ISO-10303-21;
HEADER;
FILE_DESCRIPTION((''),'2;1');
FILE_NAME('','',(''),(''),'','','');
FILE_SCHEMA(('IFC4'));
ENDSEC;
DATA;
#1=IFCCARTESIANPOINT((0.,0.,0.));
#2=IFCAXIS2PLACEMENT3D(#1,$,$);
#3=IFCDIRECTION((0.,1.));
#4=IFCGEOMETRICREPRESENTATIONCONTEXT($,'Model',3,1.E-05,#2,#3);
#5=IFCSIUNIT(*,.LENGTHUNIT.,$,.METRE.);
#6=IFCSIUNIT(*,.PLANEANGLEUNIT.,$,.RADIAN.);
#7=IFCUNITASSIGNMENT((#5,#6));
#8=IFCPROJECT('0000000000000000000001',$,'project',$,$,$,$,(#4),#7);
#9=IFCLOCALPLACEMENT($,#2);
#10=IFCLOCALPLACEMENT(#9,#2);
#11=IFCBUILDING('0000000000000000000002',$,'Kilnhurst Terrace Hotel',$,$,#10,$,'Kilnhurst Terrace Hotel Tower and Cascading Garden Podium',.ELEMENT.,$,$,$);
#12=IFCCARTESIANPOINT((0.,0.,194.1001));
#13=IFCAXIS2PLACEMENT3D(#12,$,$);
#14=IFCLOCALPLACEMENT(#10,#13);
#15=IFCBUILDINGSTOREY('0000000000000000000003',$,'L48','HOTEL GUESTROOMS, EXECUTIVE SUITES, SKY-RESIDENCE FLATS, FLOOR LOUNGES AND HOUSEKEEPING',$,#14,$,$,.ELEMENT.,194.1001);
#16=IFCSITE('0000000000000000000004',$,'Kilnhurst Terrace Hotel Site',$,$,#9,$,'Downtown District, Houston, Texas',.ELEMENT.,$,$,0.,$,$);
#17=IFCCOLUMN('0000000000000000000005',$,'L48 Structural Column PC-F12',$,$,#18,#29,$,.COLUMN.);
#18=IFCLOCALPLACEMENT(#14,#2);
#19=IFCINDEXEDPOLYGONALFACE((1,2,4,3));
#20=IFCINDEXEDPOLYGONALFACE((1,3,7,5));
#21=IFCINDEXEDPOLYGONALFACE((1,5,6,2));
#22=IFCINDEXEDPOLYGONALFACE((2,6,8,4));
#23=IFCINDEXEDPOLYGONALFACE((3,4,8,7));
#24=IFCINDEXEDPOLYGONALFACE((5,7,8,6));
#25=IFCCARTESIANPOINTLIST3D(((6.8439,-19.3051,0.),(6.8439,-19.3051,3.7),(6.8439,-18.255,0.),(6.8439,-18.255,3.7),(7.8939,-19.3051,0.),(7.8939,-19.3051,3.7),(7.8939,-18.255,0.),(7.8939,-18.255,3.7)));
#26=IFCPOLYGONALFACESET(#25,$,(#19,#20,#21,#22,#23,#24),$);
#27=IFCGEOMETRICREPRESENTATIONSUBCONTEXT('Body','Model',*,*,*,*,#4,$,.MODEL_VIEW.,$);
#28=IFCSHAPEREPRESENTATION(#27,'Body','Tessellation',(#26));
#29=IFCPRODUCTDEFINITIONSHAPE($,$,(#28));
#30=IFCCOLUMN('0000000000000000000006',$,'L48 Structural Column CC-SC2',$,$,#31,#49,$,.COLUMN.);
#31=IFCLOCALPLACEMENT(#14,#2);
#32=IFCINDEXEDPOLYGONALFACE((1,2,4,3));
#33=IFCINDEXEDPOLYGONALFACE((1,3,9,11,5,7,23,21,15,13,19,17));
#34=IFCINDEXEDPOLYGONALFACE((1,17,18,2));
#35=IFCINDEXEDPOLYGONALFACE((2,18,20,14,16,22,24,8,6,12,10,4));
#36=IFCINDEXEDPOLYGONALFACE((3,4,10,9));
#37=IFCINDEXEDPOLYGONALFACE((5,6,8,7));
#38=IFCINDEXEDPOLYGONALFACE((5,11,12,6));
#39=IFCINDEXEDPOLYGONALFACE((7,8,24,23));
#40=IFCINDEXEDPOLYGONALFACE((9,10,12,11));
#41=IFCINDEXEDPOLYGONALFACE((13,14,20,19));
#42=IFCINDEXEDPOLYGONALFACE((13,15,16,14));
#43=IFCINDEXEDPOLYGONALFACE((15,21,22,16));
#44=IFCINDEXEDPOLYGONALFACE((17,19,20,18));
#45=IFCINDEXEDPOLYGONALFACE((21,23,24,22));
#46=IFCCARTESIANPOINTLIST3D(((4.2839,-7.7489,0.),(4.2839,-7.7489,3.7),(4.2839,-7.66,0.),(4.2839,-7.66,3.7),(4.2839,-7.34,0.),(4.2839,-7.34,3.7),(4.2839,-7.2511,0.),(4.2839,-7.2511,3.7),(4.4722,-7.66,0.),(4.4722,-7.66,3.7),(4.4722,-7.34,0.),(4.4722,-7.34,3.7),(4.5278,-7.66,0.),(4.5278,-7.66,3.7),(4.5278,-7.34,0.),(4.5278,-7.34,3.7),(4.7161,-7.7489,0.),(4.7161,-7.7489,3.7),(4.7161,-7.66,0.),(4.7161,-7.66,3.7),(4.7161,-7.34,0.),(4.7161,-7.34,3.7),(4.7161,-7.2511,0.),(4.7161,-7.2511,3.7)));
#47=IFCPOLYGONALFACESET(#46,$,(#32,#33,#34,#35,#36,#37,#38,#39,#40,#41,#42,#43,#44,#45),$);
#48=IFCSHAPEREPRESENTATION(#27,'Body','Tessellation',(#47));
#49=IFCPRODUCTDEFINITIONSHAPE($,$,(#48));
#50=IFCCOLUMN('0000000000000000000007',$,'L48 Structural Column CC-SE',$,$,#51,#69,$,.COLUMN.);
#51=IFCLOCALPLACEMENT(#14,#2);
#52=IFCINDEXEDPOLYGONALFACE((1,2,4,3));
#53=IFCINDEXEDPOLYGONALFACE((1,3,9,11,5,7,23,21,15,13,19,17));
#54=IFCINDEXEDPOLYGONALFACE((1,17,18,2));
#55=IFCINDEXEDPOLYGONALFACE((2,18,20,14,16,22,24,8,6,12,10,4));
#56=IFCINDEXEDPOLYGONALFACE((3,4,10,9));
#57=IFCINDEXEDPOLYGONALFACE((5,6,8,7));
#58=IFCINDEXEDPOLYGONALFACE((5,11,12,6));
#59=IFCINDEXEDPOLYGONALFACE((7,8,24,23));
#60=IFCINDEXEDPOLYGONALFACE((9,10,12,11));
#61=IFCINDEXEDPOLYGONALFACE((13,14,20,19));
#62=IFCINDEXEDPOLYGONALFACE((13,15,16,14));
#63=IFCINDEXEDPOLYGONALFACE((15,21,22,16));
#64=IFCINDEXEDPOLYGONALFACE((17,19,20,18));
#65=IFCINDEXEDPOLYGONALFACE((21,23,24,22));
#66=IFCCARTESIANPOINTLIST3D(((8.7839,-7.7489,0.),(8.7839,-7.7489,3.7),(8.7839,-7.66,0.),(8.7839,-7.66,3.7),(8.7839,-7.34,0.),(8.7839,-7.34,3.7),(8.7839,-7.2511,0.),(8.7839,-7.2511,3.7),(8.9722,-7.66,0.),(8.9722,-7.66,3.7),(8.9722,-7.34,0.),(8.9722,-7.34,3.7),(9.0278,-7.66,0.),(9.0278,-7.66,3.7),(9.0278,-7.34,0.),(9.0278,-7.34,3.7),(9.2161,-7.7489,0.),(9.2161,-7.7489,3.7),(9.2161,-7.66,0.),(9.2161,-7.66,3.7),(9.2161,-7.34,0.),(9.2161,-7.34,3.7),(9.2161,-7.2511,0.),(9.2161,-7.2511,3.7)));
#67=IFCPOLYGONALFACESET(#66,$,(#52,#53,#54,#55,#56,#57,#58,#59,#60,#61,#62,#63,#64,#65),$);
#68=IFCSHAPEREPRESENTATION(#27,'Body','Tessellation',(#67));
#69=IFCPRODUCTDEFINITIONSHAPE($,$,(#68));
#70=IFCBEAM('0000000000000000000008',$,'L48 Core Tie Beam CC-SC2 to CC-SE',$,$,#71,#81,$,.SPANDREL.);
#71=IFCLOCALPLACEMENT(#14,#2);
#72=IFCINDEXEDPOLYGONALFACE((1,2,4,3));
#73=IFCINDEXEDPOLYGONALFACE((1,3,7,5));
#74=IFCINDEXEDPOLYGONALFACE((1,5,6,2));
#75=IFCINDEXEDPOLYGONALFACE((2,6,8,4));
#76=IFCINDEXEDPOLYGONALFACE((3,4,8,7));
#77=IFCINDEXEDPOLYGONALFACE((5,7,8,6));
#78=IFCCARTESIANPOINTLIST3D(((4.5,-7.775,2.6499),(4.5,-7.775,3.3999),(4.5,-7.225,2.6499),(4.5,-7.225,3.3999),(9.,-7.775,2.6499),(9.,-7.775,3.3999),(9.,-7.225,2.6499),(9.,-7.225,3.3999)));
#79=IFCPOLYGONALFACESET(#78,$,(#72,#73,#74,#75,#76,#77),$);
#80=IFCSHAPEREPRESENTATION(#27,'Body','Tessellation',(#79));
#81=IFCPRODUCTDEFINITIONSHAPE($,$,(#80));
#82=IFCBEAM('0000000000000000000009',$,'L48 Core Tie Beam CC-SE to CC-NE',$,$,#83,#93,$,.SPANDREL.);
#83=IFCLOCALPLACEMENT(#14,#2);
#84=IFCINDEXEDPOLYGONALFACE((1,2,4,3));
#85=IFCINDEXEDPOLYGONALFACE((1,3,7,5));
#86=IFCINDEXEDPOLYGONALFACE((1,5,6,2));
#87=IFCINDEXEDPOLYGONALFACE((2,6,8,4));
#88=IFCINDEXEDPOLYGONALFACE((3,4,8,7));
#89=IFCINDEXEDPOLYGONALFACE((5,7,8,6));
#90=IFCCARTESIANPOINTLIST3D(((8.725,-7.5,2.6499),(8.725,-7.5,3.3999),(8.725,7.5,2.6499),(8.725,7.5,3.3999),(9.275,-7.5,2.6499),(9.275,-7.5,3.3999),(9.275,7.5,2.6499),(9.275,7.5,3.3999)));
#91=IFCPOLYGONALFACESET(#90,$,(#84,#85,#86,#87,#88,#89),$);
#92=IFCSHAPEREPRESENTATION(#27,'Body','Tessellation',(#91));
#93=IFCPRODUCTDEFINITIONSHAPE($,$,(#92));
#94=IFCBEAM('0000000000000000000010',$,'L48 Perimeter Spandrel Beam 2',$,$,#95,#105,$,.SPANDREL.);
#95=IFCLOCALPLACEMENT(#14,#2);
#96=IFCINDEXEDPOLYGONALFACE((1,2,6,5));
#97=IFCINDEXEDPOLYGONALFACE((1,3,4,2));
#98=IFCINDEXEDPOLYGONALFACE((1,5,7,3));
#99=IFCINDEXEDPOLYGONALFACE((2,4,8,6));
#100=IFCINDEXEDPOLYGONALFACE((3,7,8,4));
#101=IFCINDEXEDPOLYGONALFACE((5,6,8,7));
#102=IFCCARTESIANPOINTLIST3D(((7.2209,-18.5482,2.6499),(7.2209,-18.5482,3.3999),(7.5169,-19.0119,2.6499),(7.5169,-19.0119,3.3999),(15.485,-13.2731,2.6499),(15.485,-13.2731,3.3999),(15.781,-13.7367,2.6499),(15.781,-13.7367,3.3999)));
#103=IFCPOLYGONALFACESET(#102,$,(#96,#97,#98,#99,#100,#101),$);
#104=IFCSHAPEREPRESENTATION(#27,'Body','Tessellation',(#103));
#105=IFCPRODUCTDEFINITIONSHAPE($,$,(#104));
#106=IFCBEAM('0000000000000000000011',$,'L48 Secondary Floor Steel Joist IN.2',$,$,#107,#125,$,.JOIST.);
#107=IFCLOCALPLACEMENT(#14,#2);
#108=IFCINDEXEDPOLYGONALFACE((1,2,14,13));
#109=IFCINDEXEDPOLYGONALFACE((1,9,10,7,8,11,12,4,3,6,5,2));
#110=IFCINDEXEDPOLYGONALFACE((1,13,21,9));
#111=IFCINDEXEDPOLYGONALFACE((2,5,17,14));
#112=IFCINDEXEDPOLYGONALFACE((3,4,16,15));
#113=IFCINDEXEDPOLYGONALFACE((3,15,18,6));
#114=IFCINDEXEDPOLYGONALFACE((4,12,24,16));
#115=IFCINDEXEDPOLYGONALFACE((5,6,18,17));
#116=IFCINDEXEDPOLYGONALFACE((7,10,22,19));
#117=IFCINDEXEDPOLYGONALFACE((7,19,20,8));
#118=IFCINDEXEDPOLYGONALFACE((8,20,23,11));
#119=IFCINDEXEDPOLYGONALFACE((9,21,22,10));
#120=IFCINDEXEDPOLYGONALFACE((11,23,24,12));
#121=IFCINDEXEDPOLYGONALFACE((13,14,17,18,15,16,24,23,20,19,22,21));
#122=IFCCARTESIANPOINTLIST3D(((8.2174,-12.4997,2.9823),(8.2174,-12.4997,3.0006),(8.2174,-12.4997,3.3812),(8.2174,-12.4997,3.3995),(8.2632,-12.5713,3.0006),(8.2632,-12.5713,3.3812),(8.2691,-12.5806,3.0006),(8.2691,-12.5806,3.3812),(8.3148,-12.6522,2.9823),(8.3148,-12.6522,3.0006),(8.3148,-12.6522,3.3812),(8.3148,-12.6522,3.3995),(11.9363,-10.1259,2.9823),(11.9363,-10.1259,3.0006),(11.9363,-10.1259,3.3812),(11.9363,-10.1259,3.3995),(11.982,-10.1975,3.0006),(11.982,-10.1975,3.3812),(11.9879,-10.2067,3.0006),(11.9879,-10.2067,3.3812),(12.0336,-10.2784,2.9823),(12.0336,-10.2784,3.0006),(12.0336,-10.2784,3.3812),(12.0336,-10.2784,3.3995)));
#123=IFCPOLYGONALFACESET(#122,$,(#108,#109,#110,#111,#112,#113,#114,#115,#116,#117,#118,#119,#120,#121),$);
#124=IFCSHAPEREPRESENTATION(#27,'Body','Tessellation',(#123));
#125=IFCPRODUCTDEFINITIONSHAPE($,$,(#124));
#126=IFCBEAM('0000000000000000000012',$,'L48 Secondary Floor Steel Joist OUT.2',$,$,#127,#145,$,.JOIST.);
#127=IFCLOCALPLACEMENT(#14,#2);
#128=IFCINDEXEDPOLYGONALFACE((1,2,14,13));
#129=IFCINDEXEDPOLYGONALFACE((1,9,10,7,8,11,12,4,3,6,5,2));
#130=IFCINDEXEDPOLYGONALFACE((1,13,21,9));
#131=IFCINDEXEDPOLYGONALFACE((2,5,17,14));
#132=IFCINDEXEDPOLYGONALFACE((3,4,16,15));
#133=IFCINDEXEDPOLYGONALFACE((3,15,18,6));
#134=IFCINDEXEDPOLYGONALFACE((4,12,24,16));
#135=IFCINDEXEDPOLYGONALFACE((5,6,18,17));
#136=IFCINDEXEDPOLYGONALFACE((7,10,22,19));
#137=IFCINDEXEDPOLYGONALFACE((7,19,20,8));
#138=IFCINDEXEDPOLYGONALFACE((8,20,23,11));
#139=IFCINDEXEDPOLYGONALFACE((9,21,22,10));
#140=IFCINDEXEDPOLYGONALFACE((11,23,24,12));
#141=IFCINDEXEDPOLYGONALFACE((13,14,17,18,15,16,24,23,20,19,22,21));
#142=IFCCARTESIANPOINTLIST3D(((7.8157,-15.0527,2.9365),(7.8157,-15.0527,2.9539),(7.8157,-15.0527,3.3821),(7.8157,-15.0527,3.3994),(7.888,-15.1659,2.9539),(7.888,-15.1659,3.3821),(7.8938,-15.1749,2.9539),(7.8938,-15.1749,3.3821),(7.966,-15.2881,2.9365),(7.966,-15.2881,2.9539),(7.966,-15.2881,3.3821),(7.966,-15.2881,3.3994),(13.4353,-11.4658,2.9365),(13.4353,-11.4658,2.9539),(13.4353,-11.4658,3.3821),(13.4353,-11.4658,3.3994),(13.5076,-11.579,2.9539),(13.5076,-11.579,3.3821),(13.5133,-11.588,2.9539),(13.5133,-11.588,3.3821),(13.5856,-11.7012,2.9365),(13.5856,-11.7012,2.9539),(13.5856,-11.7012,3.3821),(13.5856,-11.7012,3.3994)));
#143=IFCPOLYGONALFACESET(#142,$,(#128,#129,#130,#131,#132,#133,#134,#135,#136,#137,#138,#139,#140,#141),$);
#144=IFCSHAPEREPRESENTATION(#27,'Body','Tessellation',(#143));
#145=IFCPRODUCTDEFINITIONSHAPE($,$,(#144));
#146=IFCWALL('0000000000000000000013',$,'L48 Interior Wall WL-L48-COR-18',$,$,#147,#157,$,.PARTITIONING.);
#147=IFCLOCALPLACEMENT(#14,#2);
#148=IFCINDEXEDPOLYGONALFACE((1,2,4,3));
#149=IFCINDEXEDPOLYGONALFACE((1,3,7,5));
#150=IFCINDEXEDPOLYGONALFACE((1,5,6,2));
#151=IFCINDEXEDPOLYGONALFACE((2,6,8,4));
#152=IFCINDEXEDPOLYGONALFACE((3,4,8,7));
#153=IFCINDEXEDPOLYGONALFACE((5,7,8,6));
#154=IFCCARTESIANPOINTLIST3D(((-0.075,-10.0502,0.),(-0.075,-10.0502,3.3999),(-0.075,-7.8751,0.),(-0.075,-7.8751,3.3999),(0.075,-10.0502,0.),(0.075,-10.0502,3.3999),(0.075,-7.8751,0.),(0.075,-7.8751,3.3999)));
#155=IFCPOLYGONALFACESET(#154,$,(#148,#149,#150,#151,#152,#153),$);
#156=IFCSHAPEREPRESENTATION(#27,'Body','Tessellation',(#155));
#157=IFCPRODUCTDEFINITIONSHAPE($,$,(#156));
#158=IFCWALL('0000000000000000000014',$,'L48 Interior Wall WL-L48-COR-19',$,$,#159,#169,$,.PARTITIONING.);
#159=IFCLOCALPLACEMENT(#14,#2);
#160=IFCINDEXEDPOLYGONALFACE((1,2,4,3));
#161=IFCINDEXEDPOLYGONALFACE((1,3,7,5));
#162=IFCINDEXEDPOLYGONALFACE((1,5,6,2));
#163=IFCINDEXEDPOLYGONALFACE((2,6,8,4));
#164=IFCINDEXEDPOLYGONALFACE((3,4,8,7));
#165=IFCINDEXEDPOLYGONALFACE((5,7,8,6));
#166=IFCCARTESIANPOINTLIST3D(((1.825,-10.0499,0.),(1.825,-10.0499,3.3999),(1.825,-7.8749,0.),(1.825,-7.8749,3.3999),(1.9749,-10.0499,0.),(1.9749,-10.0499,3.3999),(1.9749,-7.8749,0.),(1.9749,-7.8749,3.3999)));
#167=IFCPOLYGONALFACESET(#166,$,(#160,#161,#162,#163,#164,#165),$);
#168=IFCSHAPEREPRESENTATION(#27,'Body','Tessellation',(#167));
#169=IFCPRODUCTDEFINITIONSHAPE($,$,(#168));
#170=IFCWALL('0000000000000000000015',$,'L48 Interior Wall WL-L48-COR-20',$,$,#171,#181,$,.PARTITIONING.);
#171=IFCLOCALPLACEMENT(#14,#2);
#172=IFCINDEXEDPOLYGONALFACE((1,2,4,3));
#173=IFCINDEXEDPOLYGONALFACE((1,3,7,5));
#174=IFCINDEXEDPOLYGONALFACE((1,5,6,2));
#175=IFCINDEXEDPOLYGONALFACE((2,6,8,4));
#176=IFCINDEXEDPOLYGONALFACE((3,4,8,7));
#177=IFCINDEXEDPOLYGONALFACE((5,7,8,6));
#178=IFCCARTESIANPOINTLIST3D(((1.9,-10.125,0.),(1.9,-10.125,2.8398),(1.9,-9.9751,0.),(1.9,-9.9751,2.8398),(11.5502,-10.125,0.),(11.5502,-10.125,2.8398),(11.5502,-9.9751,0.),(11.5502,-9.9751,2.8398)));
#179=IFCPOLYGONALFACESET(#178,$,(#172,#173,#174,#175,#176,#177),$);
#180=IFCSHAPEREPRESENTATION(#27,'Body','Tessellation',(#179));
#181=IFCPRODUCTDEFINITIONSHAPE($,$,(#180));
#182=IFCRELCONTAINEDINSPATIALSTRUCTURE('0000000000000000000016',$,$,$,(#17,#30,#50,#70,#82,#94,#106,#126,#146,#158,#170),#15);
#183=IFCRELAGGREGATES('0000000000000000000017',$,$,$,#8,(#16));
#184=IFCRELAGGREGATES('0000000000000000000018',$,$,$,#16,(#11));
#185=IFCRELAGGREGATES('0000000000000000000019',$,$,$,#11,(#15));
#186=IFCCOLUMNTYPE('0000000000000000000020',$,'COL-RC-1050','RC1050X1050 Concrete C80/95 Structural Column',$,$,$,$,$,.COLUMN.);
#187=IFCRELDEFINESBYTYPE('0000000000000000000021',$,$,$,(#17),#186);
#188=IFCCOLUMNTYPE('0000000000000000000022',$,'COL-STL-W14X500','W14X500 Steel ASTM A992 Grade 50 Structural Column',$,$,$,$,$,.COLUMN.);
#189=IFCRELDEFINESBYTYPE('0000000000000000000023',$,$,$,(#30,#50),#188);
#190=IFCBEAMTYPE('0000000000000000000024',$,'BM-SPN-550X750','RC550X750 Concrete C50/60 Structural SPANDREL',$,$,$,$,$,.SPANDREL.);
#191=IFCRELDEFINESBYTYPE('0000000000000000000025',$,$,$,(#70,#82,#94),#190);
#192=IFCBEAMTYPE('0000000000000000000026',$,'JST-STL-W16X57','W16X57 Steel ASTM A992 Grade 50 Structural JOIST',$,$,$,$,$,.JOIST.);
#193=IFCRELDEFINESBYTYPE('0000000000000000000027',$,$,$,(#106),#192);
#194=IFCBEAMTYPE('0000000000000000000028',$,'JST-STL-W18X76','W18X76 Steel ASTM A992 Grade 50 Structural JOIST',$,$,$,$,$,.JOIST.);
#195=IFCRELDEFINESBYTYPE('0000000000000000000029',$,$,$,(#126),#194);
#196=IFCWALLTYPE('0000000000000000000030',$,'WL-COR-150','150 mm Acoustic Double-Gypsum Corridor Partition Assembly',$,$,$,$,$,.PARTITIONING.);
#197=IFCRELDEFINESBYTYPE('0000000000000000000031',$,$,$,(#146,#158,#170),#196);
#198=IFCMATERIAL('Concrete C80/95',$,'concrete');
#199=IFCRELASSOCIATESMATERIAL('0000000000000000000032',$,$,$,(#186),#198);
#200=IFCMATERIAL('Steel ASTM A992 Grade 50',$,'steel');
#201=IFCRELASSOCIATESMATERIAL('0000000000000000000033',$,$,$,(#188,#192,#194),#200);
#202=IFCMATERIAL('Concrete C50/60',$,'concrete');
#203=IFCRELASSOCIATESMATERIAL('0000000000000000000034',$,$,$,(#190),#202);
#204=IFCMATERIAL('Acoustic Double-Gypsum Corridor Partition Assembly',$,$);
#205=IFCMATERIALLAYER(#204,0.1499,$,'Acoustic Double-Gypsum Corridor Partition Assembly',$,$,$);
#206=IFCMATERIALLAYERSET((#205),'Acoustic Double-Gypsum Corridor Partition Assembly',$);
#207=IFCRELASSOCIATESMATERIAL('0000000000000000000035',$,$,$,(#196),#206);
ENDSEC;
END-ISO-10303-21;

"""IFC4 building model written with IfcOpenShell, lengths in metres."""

from ifc_helpers import new_model, si_unit, direction, frame, frame_2d, origin, origin_2d, place, context, subcontext, project, spatial, rectangle, i_section, extrude, material, layer, layer_set, material_profile, profile_set, type_object, element, save


model = new_model("IFC4")

# Units and contexts
model_context = context("Model", 3, precision=1e-05, world=origin(), true_north=direction((0.0, 1.0)))
body_context = subcontext(model_context, "Body", "Model", "MODEL_VIEW")
ifc_project = project(units=[si_unit("LENGTHUNIT", "METRE"), si_unit("PLANEANGLEUNIT", "RADIAN")], contexts=[model_context])

# Site, building, storey
site_placement = place(None, origin())
site = spatial("IfcSite", under=ifc_project, at=site_placement, Name="Kilnhurst Terrace Hotel Site", LongName="Downtown District, Houston, Texas", CompositionType="ELEMENT", RefElevation=0.0)
building_placement = place(site_placement, origin())
building = spatial("IfcBuilding", under=site, at=building_placement, Name="Kilnhurst Terrace Hotel", LongName="Kilnhurst Terrace Hotel Tower and Cascading Garden Podium", CompositionType="ELEMENT")
storey_placement = place(building_placement, frame((0.0, 0.0, 194.1001)))
storey = spatial("IfcBuildingStorey", under=building, at=storey_placement, Name="L48", Description="HOTEL GUESTROOMS, EXECUTIVE SUITES, SKY-RESIDENCE FLATS, FLOOR LOUNGES AND HOUSEKEEPING", CompositionType="ELEMENT", Elevation=194.1001)

# Columns
ifc_material_1 = material(Name="Concrete C80/95", Category="concrete")
ifc_material_profile_1 = material_profile(ifc_material_1, rectangle(XDim=1.05, YDim=1.05, at=origin_2d()), Name="RC1050X1050")
ifc_profile_set_1 = profile_set([ifc_material_profile_1], Name="Concrete C80/95")
column_type_1 = type_object("IfcColumnType", Name="COL-RC-1050", Description="RC1050X1050 Concrete C80/95 Structural Column", PredefinedType="COLUMN", material=ifc_profile_set_1)
column_placement = place(storey_placement, frame((7.3689, -18.78, 0.0), z_axis=(0.0, 0.0, 1.0), x_axis=(1.0, 0.0, 0.0)))
element("IfcColumn", 1, at=column_placement, inside=storey, type_object=column_type_1, Name="L48 Structural Column PC-F12", PredefinedType="COLUMN", context=body_context, shape_type="SweptSolid", body=[
    extrude(rectangle(XDim=1.05, YDim=1.05, at=origin_2d()), origin(), (0.0, 0.0, 1.0), 3.7),
])
ifc_material_2 = material(Name="Steel ASTM A992 Grade 50", Category="steel")
ifc_material_profile_2 = material_profile(ifc_material_2, i_section(OverallWidth=0.4321, OverallDepth=0.4978, WebThickness=0.0557, FlangeThickness=0.0889, at=origin_2d()), Name="W14X500")
ifc_profile_set_2 = profile_set([ifc_material_profile_2], Name="Steel ASTM A992 Grade 50")
column_type_2 = type_object("IfcColumnType", Name="COL-STL-W14X500", Description="W14X500 Steel ASTM A992 Grade 50 Structural Column", PredefinedType="COLUMN", material=ifc_profile_set_2)
for number, where, z_axis, x_axis, name in (
    (2, (4.5, -7.5, 0.0), (0.0, 0.0, 1.0), (1.0, 0.0, 0.0), "L48 Structural Column CC-SC2"),
    (3, (9.0, -7.5, 0.0), (0.0, 0.0, 1.0), (1.0, 0.0, 0.0), "L48 Structural Column CC-SE"),
):
    element("IfcColumn", number, at=place(storey_placement, frame(where, z_axis=z_axis, x_axis=x_axis)), inside=storey, type_object=column_type_2, Name=name, PredefinedType="COLUMN", context=body_context, shape_type="SweptSolid", body=[
        extrude(i_section(OverallWidth=0.4321, OverallDepth=0.4978, WebThickness=0.0557, FlangeThickness=0.0889, at=origin_2d()), origin(), (0.0, 0.0, 1.0), 3.7),
    ])

# Beams
ifc_material_3 = material(Name="Concrete C50/60", Category="concrete")
ifc_material_profile_3 = material_profile(ifc_material_3, rectangle(XDim=0.55, YDim=0.75, at=origin_2d()), Name="RC550X750")
ifc_profile_set_3 = profile_set([ifc_material_profile_3], Name="Concrete C50/60")
beam_type_1 = type_object("IfcBeamType", Name="BM-SPN-550X750", Description="RC550X750 Concrete C50/60 Structural SPANDREL", PredefinedType="SPANDREL", material=ifc_profile_set_3)
beam_1_placement = place(storey_placement, frame((4.5, -7.5, 3.0249), z_axis=(1.0, 0.0, 0.0), x_axis=(0.0, 1.0, 0.0)))
element("IfcBeam", 4, at=beam_1_placement, inside=storey, type_object=beam_type_1, Name="L48 Core Tie Beam CC-SC2 to CC-SE", PredefinedType="SPANDREL", context=body_context, shape_type="SweptSolid", body=[
    extrude(rectangle(XDim=0.55, YDim=0.75, at=origin_2d()), origin(), (0.0, 0.0, 1.0), 4.5),
])
beam_2_placement = place(storey_placement, frame((9.0, -7.5, 3.0249), z_axis=(0.0, 1.0, 0.0), x_axis=(-1.0, 0.0, 0.0)))
element("IfcBeam", 5, at=beam_2_placement, inside=storey, type_object=beam_type_1, Name="L48 Core Tie Beam CC-SE to CC-NE", PredefinedType="SPANDREL", context=body_context, shape_type="SweptSolid", body=[
    extrude(rectangle(XDim=0.55, YDim=0.75, at=origin_2d()), origin(), (0.0, 0.0, 1.0), 15.0),
])
beam_3_placement = place(storey_placement, frame((7.3689, -18.78, 3.0249), z_axis=(0.842915, 0.538046, 0.0), x_axis=(-0.538046, 0.842915, 0.0)))
element("IfcBeam", 6, at=beam_3_placement, inside=storey, type_object=beam_type_1, Name="L48 Perimeter Spandrel Beam 2", PredefinedType="SPANDREL", context=body_context, shape_type="SweptSolid", body=[
    extrude(rectangle(XDim=0.55, YDim=0.75, at=origin_2d()), origin(), (0.0, 0.0, 1.0), 9.8042),
])
ifc_material_profile_4 = material_profile(ifc_material_2, i_section(OverallWidth=0.1809, OverallDepth=0.4172, WebThickness=0.011, FlangeThickness=0.0183, at=origin_2d()), Name="W16X57")
ifc_profile_set_4 = profile_set([ifc_material_profile_4], Name="Steel ASTM A992 Grade 50")
beam_type_2 = type_object("IfcBeamType", Name="JST-STL-W16X57", Description="W16X57 Steel ASTM A992 Grade 50 Structural JOIST", PredefinedType="JOIST", material=ifc_profile_set_4)
beam_4_placement = place(storey_placement, frame((8.2661, -12.5759, 3.1909), z_axis=(0.842911, 0.538053, 0.0), x_axis=(-0.538053, 0.842911, 0.0)))
element("IfcBeam", 7, at=beam_4_placement, inside=storey, type_object=beam_type_2, Name="L48 Secondary Floor Steel Joist IN.2", PredefinedType="JOIST", context=body_context, shape_type="SweptSolid", body=[
    extrude(i_section(OverallWidth=0.1809, OverallDepth=0.4172, WebThickness=0.011, FlangeThickness=0.0183, at=origin_2d()), origin(), (0.0, 0.0, 1.0), 4.4119),
])
ifc_material_profile_5 = material_profile(ifc_material_2, i_section(OverallWidth=0.2793, OverallDepth=0.4629, WebThickness=0.0107, FlangeThickness=0.0173, at=origin_2d()), Name="W18X76")
ifc_profile_set_5 = profile_set([ifc_material_profile_5], Name="Steel ASTM A992 Grade 50")
beam_type_3 = type_object("IfcBeamType", Name="JST-STL-W18X76", Description="W18X76 Steel ASTM A992 Grade 50 Structural JOIST", PredefinedType="JOIST", material=ifc_profile_set_5)
beam_5_placement = place(storey_placement, frame((7.8909, -15.1704, 3.168), z_axis=(0.842928, 0.538027, 0.0), x_axis=(-0.538027, 0.842928, 0.0)))
element("IfcBeam", 8, at=beam_5_placement, inside=storey, type_object=beam_type_3, Name="L48 Secondary Floor Steel Joist OUT.2", PredefinedType="JOIST", context=body_context, shape_type="SweptSolid", body=[
    extrude(i_section(OverallWidth=0.2793, OverallDepth=0.4629, WebThickness=0.0107, FlangeThickness=0.0173, at=origin_2d()), origin(), (0.0, 0.0, 1.0), 6.6667),
])

# Walls
ifc_material_4 = material(Name="Acoustic Double-Gypsum Corridor Partition Assembly")
ifc_layer_1 = layer(ifc_material_4, 0.1499, Name="Acoustic Double-Gypsum Corridor Partition Assembly")
ifc_layer_set_1 = layer_set([ifc_layer_1], Name="Acoustic Double-Gypsum Corridor Partition Assembly")
wall_type_1 = type_object("IfcWallType", Name="WL-COR-150", Description="150 mm Acoustic Double-Gypsum Corridor Partition Assembly", PredefinedType="PARTITIONING", material=ifc_layer_set_1)
for number, where, z_axis, x_axis, name in (
    (9, (0.0, -10.05, 0.0), (0.0, 0.0, 1.0), (0.0, 1.0, 0.0), "L48 Interior Wall WL-L48-COR-18"),
    (10, (1.8999, -7.875, 0.0), (0.0, 0.0, 1.0), (0.0, -1.0, 0.0), "L48 Interior Wall WL-L48-COR-19"),
):
    element("IfcWall", number, at=place(storey_placement, frame(where, z_axis=z_axis, x_axis=x_axis)), inside=storey, type_object=wall_type_1, Name=name, PredefinedType="PARTITIONING", context=body_context, shape_type="SweptSolid", body=[
        extrude(rectangle(XDim=2.175, YDim=0.1499, at=frame_2d((1.0874, 0.0))), origin(), (0.0, 0.0, 1.0), 3.3999),
    ])
wall_1_placement = place(storey_placement, frame((1.8999, -10.05, 0.0), z_axis=(0.0, 0.0, 1.0), x_axis=(1.0, 0.0, 0.0)))
element("IfcWall", 11, at=wall_1_placement, inside=storey, type_object=wall_type_1, Name="L48 Interior Wall WL-L48-COR-20", PredefinedType="PARTITIONING", context=body_context, shape_type="SweptSolid", body=[
    extrude(rectangle(XDim=9.6501, YDim=0.1499, at=frame_2d((4.8252, 0.0))), origin(), (0.0, 0.0, 1.0), 2.8398),
])

save(model, "model.ifc")
